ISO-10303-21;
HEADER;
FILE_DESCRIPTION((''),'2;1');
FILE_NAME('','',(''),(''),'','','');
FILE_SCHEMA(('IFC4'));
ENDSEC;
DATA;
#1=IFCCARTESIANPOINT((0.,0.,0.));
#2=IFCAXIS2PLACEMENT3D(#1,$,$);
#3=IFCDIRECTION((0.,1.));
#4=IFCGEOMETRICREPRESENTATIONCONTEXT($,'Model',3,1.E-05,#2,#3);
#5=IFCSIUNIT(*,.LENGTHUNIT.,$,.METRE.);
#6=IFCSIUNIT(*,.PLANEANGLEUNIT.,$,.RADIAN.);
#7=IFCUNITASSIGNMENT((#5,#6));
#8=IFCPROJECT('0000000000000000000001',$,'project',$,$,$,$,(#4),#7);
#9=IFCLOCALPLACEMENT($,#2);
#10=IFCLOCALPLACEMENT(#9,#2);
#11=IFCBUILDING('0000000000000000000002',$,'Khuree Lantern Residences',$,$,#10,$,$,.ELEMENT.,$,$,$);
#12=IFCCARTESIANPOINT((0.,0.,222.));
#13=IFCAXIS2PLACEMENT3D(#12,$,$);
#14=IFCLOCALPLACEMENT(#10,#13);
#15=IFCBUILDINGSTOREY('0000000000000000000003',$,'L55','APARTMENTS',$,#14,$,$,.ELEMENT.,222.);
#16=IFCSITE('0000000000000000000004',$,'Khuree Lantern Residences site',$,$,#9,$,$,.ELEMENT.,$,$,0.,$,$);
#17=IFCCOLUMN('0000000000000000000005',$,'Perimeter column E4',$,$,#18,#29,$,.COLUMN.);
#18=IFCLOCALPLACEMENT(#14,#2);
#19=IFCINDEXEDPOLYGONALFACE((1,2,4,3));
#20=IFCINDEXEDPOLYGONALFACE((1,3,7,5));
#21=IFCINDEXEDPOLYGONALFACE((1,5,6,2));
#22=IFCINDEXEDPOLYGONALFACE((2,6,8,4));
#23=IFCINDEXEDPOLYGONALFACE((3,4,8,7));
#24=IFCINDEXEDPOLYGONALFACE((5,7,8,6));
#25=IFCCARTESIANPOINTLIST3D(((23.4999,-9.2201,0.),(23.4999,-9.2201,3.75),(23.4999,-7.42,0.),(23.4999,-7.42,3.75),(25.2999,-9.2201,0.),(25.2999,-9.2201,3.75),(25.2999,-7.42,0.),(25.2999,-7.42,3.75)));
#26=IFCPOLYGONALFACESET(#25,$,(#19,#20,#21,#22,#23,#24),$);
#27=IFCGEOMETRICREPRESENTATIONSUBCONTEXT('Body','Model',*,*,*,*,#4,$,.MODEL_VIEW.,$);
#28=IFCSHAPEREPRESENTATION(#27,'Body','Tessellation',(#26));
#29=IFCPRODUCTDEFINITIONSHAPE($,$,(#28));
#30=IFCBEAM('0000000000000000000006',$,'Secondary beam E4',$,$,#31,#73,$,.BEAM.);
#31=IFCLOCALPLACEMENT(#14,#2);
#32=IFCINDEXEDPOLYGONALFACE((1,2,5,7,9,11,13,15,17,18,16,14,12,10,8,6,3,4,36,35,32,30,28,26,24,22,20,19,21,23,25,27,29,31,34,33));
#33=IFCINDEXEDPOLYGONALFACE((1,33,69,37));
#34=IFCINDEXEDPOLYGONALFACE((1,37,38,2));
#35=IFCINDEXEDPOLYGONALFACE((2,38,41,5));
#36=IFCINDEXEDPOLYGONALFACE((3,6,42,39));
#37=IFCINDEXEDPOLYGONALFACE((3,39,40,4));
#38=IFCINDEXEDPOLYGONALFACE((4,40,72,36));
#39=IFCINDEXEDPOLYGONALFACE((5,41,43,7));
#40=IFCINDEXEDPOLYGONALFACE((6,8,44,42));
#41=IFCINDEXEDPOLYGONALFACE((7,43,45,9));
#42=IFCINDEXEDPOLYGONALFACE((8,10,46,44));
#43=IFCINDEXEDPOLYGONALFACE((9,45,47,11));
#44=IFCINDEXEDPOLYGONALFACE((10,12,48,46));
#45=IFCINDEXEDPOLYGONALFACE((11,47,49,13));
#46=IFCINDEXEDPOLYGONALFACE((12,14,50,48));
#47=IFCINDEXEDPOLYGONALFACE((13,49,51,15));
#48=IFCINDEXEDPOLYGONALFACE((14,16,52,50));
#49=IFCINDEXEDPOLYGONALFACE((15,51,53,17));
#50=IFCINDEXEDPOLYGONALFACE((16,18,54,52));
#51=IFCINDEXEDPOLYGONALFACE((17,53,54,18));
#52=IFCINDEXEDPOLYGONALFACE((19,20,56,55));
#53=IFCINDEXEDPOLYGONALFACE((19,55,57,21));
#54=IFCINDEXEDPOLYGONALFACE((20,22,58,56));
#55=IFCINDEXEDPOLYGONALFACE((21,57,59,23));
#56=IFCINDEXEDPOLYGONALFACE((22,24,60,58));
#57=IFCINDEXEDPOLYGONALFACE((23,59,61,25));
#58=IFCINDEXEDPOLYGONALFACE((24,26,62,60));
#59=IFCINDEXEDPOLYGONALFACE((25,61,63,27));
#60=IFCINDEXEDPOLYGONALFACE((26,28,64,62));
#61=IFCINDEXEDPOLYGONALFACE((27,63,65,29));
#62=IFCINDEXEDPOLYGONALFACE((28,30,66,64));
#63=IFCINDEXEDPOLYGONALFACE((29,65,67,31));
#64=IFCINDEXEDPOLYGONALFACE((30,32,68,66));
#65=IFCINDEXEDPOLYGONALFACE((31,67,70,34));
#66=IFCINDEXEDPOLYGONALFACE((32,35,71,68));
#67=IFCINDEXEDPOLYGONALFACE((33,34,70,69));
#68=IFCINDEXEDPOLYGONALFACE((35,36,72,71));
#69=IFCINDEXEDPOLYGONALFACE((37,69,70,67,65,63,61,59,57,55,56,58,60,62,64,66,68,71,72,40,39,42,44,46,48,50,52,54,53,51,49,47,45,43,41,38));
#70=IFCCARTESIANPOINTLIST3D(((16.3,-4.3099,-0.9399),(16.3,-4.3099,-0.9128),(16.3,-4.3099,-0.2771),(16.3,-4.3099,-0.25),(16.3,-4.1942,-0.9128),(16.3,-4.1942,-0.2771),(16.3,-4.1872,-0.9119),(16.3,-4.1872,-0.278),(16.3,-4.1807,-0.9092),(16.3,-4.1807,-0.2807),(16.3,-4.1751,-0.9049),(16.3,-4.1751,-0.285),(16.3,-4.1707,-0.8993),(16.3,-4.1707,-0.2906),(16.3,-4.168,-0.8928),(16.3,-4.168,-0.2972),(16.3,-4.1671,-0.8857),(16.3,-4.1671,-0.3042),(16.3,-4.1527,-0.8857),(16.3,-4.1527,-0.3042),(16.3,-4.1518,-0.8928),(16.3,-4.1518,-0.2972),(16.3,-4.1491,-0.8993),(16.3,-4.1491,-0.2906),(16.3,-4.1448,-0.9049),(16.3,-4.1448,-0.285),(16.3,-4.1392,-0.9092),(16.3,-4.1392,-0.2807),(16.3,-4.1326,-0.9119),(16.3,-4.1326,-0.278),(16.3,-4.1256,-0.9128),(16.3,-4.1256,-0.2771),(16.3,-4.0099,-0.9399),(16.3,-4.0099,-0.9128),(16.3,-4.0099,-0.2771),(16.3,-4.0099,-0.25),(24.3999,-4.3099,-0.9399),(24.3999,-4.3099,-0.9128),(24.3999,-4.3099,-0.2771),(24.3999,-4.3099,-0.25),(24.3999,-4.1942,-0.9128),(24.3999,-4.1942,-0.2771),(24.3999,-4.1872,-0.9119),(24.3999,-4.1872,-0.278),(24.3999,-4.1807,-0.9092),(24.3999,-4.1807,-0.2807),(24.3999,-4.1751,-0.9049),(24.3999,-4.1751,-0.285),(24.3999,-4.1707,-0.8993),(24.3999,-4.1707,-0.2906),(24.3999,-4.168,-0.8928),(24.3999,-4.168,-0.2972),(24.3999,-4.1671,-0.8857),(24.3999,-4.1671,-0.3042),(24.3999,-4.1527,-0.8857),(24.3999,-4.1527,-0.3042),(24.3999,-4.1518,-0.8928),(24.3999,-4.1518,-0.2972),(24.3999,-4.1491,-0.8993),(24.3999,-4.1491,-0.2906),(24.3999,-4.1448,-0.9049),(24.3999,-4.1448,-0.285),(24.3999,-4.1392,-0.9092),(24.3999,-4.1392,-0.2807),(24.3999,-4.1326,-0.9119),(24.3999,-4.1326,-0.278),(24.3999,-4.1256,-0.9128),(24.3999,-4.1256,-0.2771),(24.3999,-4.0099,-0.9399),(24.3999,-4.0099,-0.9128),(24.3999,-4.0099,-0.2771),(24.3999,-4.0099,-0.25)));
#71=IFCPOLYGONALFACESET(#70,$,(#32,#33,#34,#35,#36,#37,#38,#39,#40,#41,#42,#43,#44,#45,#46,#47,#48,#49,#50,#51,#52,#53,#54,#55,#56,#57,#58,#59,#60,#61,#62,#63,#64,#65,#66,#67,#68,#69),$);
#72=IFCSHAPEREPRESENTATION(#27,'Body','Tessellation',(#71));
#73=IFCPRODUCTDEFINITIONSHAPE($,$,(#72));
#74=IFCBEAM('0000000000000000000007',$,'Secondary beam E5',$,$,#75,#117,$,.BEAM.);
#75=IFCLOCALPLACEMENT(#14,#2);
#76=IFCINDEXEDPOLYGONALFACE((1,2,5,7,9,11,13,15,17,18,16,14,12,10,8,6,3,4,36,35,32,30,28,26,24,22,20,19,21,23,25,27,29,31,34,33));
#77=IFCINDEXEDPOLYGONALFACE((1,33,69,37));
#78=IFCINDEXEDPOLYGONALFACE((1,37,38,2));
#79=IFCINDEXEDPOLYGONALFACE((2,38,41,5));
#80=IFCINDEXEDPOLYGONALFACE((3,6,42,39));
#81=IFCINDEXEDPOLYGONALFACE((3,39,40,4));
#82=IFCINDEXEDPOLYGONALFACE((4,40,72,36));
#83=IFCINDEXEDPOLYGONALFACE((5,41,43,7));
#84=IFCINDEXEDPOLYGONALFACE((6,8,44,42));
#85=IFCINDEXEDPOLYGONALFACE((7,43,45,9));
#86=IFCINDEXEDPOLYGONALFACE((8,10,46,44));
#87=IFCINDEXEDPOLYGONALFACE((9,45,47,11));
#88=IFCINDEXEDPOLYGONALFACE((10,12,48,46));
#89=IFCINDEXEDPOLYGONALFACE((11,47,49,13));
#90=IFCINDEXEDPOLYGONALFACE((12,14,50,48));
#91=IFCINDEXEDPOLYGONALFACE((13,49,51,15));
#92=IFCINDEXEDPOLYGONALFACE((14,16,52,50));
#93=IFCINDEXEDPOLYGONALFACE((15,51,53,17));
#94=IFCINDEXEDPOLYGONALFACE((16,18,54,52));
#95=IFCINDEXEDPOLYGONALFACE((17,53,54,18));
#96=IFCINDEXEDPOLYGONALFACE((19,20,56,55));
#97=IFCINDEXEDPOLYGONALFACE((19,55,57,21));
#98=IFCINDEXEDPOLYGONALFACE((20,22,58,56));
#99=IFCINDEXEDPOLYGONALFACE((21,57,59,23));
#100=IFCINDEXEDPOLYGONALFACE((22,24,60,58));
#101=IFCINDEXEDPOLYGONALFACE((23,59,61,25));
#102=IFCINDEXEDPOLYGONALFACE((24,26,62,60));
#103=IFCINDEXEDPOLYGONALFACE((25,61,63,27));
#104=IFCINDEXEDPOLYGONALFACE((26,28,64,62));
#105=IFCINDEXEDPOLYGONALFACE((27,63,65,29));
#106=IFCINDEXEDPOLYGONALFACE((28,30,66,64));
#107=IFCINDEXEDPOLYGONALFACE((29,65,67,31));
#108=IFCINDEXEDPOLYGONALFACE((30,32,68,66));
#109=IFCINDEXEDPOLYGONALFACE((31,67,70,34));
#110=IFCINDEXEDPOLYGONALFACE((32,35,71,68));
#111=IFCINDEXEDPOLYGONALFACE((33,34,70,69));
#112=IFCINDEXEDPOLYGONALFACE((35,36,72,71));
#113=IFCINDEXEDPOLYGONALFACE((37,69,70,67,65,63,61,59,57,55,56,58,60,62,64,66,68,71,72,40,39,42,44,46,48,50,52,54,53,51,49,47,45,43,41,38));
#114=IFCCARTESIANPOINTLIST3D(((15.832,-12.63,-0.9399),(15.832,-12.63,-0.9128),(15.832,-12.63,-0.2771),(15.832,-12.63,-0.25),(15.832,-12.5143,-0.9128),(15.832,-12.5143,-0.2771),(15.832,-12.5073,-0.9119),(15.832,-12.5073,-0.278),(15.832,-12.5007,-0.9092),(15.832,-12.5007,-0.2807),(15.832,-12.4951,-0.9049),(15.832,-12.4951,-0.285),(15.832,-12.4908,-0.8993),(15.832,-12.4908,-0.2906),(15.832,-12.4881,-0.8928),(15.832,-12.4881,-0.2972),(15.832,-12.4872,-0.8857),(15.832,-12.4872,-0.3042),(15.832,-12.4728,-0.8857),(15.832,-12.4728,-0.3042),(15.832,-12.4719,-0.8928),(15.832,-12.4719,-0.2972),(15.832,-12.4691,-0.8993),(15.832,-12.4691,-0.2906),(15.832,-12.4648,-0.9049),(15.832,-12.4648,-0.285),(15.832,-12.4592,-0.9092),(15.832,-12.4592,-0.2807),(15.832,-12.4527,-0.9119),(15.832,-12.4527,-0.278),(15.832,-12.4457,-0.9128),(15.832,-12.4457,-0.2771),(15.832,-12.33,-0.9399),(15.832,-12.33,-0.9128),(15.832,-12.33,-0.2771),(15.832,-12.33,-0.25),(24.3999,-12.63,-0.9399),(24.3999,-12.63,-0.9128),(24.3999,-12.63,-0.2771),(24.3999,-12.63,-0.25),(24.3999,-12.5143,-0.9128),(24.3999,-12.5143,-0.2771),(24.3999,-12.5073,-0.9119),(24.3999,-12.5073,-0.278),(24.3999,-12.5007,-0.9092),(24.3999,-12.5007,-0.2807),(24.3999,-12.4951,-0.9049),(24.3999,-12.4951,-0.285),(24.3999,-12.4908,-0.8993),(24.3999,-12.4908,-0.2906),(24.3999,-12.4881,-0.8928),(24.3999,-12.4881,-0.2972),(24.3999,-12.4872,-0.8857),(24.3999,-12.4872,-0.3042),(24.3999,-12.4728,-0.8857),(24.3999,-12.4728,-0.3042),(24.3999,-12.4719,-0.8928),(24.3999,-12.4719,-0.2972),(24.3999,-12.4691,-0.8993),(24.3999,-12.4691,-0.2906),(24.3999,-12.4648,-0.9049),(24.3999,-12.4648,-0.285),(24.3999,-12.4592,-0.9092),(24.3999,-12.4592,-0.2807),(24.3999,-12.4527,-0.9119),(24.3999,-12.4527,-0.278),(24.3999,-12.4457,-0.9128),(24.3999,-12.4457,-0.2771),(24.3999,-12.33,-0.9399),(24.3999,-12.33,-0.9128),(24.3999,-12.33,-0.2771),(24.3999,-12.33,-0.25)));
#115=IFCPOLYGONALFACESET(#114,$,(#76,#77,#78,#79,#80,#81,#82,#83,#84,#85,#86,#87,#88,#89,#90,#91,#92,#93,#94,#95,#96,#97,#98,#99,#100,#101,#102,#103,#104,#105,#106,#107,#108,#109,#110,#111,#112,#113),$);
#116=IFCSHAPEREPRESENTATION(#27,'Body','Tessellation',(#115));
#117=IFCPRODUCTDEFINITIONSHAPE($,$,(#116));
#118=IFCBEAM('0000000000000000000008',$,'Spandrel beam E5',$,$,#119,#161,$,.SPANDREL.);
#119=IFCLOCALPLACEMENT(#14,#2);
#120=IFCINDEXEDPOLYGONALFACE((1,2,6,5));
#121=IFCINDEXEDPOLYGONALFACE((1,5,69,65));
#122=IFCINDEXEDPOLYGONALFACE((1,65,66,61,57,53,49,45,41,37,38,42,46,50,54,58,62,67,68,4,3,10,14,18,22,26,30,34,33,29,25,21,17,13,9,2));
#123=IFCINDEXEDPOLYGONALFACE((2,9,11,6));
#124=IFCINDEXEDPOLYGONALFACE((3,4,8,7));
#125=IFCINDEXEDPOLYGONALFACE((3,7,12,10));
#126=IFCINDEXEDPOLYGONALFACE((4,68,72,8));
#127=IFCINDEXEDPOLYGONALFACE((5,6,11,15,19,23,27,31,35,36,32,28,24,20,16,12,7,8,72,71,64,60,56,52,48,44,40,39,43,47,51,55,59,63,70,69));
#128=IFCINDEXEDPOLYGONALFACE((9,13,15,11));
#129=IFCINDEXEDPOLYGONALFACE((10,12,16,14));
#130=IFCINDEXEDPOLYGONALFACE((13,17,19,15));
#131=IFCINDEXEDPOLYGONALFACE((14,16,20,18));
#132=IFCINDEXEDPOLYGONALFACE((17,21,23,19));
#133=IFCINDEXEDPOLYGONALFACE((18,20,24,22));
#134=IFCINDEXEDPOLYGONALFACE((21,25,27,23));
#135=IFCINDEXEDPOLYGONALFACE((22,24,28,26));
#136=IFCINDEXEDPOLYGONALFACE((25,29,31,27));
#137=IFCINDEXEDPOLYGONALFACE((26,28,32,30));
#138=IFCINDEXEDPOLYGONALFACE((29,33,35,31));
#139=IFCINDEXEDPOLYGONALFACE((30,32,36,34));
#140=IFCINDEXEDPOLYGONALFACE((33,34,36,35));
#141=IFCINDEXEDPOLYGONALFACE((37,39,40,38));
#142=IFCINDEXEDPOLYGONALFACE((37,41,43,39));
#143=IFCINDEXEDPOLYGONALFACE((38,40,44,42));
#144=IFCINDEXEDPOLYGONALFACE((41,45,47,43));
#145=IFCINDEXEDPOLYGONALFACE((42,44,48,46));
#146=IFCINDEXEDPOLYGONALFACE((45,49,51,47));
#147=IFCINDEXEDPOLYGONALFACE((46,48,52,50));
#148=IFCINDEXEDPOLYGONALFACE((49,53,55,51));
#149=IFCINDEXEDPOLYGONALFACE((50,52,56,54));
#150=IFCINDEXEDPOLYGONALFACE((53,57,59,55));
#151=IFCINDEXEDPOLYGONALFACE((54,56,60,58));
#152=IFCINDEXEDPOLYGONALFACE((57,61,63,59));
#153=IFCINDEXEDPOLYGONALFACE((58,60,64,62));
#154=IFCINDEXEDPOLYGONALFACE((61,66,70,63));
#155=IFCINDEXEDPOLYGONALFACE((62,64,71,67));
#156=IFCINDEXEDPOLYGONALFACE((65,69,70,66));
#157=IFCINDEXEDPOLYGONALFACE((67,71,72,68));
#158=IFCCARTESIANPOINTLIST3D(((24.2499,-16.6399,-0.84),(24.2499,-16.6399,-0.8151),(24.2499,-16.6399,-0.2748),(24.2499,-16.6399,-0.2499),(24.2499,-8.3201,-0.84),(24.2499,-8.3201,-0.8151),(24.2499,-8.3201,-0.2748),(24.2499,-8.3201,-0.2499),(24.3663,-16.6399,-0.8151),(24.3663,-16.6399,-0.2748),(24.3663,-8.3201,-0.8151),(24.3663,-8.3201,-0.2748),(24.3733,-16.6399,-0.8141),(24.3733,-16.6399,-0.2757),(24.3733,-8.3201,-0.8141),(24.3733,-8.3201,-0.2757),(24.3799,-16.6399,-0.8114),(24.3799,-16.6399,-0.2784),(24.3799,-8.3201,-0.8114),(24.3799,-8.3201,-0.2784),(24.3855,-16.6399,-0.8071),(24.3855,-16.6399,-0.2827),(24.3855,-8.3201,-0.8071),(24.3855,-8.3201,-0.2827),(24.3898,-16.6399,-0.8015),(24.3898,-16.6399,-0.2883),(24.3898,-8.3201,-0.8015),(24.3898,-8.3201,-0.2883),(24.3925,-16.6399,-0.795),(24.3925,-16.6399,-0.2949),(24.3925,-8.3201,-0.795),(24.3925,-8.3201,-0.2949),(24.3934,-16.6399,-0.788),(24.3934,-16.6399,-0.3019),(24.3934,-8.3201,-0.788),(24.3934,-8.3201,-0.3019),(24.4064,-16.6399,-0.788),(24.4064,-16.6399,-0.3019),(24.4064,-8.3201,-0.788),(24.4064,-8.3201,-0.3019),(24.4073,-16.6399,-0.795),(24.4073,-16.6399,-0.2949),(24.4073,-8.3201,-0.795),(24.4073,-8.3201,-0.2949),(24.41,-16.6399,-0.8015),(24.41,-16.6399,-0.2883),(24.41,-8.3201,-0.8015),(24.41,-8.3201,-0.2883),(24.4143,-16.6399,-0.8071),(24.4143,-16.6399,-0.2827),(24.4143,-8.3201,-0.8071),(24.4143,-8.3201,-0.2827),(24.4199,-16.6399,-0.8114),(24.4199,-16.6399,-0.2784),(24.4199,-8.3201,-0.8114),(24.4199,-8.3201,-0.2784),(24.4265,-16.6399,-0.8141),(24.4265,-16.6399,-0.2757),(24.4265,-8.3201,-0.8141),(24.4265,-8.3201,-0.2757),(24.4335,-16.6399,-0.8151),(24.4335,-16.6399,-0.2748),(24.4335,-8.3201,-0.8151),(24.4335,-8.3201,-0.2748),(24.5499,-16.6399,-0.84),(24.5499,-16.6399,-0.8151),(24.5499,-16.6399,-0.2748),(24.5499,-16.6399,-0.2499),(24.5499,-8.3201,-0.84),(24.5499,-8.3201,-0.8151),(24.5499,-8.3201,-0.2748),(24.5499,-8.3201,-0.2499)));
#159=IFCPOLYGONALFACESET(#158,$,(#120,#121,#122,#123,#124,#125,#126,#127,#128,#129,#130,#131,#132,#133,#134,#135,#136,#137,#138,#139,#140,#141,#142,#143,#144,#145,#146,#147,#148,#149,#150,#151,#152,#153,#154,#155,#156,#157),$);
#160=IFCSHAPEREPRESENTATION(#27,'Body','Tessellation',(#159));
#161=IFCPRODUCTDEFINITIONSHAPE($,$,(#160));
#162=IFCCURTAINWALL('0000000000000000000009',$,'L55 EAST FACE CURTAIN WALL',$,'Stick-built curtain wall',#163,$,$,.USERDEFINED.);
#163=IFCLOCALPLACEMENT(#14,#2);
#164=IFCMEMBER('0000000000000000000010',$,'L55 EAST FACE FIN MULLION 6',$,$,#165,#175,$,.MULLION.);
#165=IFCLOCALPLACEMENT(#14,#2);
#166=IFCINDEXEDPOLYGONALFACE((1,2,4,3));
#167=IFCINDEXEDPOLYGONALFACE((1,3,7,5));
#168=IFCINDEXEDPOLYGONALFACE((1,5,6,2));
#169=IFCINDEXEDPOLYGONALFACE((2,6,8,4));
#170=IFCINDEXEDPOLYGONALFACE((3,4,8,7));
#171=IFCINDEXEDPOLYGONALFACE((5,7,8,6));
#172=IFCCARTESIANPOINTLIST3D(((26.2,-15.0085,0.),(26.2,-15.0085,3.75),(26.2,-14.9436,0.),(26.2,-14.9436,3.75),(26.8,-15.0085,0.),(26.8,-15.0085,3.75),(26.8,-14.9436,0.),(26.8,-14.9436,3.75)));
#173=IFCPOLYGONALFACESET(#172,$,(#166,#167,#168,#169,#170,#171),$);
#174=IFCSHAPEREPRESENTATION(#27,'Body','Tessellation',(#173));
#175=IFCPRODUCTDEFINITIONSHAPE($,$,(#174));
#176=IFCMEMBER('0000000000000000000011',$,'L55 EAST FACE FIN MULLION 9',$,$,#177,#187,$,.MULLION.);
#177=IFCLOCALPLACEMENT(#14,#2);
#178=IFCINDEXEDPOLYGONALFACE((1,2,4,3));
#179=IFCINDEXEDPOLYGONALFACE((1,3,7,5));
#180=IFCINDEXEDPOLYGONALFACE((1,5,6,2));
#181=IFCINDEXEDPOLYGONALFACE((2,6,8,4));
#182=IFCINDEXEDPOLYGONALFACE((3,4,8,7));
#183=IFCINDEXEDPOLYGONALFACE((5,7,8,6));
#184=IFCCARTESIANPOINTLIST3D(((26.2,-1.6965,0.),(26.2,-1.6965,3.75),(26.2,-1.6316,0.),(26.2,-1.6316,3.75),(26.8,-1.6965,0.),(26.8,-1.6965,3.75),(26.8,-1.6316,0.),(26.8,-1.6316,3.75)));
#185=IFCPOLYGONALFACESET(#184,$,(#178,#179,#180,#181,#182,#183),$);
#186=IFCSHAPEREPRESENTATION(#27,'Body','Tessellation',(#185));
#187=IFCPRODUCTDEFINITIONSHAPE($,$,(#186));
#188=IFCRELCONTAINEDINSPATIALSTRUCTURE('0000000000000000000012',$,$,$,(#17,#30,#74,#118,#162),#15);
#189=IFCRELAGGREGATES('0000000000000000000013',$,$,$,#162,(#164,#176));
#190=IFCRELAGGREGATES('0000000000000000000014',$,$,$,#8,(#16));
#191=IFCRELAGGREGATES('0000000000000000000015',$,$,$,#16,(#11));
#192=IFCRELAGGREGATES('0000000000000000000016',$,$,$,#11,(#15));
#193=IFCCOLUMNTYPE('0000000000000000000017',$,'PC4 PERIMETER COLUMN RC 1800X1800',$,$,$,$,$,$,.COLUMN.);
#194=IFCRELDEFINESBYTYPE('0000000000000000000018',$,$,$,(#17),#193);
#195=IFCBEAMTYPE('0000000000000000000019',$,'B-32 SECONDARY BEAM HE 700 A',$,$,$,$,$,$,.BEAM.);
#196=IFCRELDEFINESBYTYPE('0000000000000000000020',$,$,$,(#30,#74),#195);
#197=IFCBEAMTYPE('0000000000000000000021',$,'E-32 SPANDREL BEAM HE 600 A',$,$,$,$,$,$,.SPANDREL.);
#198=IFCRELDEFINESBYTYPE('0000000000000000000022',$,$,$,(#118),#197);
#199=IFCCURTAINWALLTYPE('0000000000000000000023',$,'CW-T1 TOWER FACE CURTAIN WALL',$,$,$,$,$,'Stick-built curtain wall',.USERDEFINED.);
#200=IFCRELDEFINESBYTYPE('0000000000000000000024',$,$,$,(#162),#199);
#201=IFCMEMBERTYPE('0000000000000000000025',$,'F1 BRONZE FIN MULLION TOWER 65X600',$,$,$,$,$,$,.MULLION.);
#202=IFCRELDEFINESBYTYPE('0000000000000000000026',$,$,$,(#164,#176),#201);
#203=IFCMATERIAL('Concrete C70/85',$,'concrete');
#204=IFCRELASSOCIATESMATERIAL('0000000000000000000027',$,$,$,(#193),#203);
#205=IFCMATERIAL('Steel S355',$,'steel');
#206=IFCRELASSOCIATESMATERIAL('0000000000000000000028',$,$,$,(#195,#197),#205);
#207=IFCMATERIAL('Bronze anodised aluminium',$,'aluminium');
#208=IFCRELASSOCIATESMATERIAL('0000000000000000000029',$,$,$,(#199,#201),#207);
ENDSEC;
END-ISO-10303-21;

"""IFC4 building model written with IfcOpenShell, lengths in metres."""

from ifc_helpers import new_model, si_unit, direction, frame, origin, origin_2d, place, context, subcontext, project, spatial, rectangle, i_section, extrude, material, material_profile, profile_set, type_object, element, aggregate, save


model = new_model("IFC4")

# Units and contexts
model_context = context("Model", 3, precision=1e-05, world=origin(), true_north=direction((0.0, 1.0)))
body_context = subcontext(model_context, "Body", "Model", "MODEL_VIEW")
ifc_project = project(units=[si_unit("LENGTHUNIT", "METRE"), si_unit("PLANEANGLEUNIT", "RADIAN")], contexts=[model_context])

# Site, building, storey
site_placement = place(None, origin())
site = spatial("IfcSite", under=ifc_project, at=site_placement, Name="Khuree Lantern Residences site", CompositionType="ELEMENT", RefElevation=0.0)
building_placement = place(site_placement, origin())
building = spatial("IfcBuilding", under=site, at=building_placement, Name="Khuree Lantern Residences", CompositionType="ELEMENT")
storey_placement = place(building_placement, frame((0.0, 0.0, 222.0)))
storey = spatial("IfcBuildingStorey", under=building, at=storey_placement, Name="L55", Description="APARTMENTS", CompositionType="ELEMENT", Elevation=222.0)

# Column
ifc_material_1 = material(Name="Concrete C70/85", Category="concrete")
ifc_material_profile_1 = material_profile(ifc_material_1, rectangle(XDim=1.8, YDim=1.8, at=origin_2d()), Name="RC 1800X1800")
ifc_profile_set_1 = profile_set([ifc_material_profile_1], Name="Concrete C70/85")
column_type = type_object("IfcColumnType", Name="PC4 PERIMETER COLUMN RC 1800X1800", PredefinedType="COLUMN", material=ifc_profile_set_1)
column_placement = place(storey_placement, frame((24.3999, -8.3201, 0.0), z_axis=(0.0, 0.0, 1.0), x_axis=(0.0, 1.0, 0.0)))
element("IfcColumn", 1, at=column_placement, inside=storey, type_object=column_type, Name="Perimeter column E4", PredefinedType="COLUMN", context=body_context, shape_type="SweptSolid", body=[
    extrude(rectangle(XDim=1.8, YDim=1.8, at=origin_2d()), origin(), (0.0, 0.0, 1.0), 3.75),
])

# Beams
ifc_material_2 = material(Name="Steel S355", Category="steel")
ifc_material_profile_2 = material_profile(ifc_material_2, i_section(OverallWidth=0.3, OverallDepth=0.6899, WebThickness=0.0144, FlangeThickness=0.0271, FilletRadius=0.0271, at=origin_2d()), Name="HE 700 A")
ifc_profile_set_2 = profile_set([ifc_material_profile_2], Name="Steel S355")
beam_type_1 = type_object("IfcBeamType", Name="B-32 SECONDARY BEAM HE 700 A", PredefinedType="BEAM", material=ifc_profile_set_2)
beam_1_placement = place(storey_placement, frame((24.3999, -4.1599, -0.595), z_axis=(-1.0, 0.0, 0.0), x_axis=(0.0, -1.0, 0.0)))
element("IfcBeam", 2, at=beam_1_placement, inside=storey, type_object=beam_type_1, Name="Secondary beam E4", PredefinedType="BEAM", context=body_context, shape_type="SweptSolid", body=[
    extrude(i_section(OverallWidth=0.3, OverallDepth=0.6899, WebThickness=0.0144, FlangeThickness=0.0271, FilletRadius=0.0271, at=origin_2d()), origin(), (0.0, 0.0, 1.0), 8.0999),
])
beam_2_placement = place(storey_placement, frame((24.3999, -12.48, -0.595), z_axis=(-1.0, 0.0, 0.0), x_axis=(0.0, -1.0, 0.0)))
element("IfcBeam", 3, at=beam_2_placement, inside=storey, type_object=beam_type_1, Name="Secondary beam E5", PredefinedType="BEAM", context=body_context, shape_type="SweptSolid", body=[
    extrude(i_section(OverallWidth=0.3, OverallDepth=0.6899, WebThickness=0.0144, FlangeThickness=0.0271, FilletRadius=0.0271, at=origin_2d()), origin(), (0.0, 0.0, 1.0), 8.5679),
])
ifc_material_profile_3 = material_profile(ifc_material_2, i_section(OverallWidth=0.3, OverallDepth=0.5901, WebThickness=0.0129, FlangeThickness=0.0249, FilletRadius=0.0271, at=origin_2d()), Name="HE 600 A")
ifc_profile_set_3 = profile_set([ifc_material_profile_3], Name="Steel S355")
beam_type_2 = type_object("IfcBeamType", Name="E-32 SPANDREL BEAM HE 600 A", PredefinedType="SPANDREL", material=ifc_profile_set_3)
beam_3_placement = place(storey_placement, frame((24.3999, -8.3201, -0.5449), z_axis=(0.0, -1.0, 0.0), x_axis=(1.0, 0.0, 0.0)))
element("IfcBeam", 4, at=beam_3_placement, inside=storey, type_object=beam_type_2, Name="Spandrel beam E5", PredefinedType="SPANDREL", context=body_context, shape_type="SweptSolid", body=[
    extrude(i_section(OverallWidth=0.3, OverallDepth=0.5901, WebThickness=0.0129, FlangeThickness=0.0249, FilletRadius=0.0271, at=origin_2d()), origin(), (0.0, 0.0, 1.0), 8.3198),
])

# Curtain wall, members
ifc_material_3 = material(Name="Bronze anodised aluminium", Category="aluminium")
curtain_wall_type = type_object("IfcCurtainWallType", Name="CW-T1 TOWER FACE CURTAIN WALL", ElementType="Stick-built curtain wall", PredefinedType="USERDEFINED", material=ifc_material_3)
curtain_wall_placement = place(storey_placement, origin())
curtain_wall = element("IfcCurtainWall", 5, at=curtain_wall_placement, inside=storey, type_object=curtain_wall_type, Name="L55 EAST FACE CURTAIN WALL", ObjectType="Stick-built curtain wall", PredefinedType="USERDEFINED")
ifc_material_profile_4 = material_profile(ifc_material_3, rectangle(XDim=0.0649, YDim=0.6001, at=origin_2d()), Name="F1 65X600")
ifc_profile_set_4 = profile_set([ifc_material_profile_4], Name="Bronze anodised aluminium")
member_type_1 = type_object("IfcMemberType", Name="F1 BRONZE FIN MULLION TOWER 65X600", PredefinedType="MULLION", material=ifc_profile_set_4)
member_1_placement = place(storey_placement, frame((26.5, -14.9761, 0.0), z_axis=(0.0, 0.0, 1.0), x_axis=(0.0, 1.0, 0.0)))
member_1 = element("IfcMember", 6, at=member_1_placement, type_object=member_type_1, Name="L55 EAST FACE FIN MULLION 6", PredefinedType="MULLION", context=body_context, shape_type="SweptSolid", body=[
    extrude(rectangle(XDim=0.0649, YDim=0.6001, at=origin_2d()), origin(), (0.0, 0.0, 1.0), 3.75),
])
member_2_placement = place(storey_placement, frame((26.5, -1.6641, 0.0), z_axis=(0.0, 0.0, 1.0), x_axis=(0.0, 1.0, 0.0)))
member_2 = element("IfcMember", 7, at=member_2_placement, type_object=member_type_1, Name="L55 EAST FACE FIN MULLION 9", PredefinedType="MULLION", context=body_context, shape_type="SweptSolid", body=[
    extrude(rectangle(XDim=0.0649, YDim=0.6001, at=origin_2d()), origin(), (0.0, 0.0, 1.0), 3.75),
])

aggregate(curtain_wall, [member_1, member_2])

save(model, "model.ifc")
